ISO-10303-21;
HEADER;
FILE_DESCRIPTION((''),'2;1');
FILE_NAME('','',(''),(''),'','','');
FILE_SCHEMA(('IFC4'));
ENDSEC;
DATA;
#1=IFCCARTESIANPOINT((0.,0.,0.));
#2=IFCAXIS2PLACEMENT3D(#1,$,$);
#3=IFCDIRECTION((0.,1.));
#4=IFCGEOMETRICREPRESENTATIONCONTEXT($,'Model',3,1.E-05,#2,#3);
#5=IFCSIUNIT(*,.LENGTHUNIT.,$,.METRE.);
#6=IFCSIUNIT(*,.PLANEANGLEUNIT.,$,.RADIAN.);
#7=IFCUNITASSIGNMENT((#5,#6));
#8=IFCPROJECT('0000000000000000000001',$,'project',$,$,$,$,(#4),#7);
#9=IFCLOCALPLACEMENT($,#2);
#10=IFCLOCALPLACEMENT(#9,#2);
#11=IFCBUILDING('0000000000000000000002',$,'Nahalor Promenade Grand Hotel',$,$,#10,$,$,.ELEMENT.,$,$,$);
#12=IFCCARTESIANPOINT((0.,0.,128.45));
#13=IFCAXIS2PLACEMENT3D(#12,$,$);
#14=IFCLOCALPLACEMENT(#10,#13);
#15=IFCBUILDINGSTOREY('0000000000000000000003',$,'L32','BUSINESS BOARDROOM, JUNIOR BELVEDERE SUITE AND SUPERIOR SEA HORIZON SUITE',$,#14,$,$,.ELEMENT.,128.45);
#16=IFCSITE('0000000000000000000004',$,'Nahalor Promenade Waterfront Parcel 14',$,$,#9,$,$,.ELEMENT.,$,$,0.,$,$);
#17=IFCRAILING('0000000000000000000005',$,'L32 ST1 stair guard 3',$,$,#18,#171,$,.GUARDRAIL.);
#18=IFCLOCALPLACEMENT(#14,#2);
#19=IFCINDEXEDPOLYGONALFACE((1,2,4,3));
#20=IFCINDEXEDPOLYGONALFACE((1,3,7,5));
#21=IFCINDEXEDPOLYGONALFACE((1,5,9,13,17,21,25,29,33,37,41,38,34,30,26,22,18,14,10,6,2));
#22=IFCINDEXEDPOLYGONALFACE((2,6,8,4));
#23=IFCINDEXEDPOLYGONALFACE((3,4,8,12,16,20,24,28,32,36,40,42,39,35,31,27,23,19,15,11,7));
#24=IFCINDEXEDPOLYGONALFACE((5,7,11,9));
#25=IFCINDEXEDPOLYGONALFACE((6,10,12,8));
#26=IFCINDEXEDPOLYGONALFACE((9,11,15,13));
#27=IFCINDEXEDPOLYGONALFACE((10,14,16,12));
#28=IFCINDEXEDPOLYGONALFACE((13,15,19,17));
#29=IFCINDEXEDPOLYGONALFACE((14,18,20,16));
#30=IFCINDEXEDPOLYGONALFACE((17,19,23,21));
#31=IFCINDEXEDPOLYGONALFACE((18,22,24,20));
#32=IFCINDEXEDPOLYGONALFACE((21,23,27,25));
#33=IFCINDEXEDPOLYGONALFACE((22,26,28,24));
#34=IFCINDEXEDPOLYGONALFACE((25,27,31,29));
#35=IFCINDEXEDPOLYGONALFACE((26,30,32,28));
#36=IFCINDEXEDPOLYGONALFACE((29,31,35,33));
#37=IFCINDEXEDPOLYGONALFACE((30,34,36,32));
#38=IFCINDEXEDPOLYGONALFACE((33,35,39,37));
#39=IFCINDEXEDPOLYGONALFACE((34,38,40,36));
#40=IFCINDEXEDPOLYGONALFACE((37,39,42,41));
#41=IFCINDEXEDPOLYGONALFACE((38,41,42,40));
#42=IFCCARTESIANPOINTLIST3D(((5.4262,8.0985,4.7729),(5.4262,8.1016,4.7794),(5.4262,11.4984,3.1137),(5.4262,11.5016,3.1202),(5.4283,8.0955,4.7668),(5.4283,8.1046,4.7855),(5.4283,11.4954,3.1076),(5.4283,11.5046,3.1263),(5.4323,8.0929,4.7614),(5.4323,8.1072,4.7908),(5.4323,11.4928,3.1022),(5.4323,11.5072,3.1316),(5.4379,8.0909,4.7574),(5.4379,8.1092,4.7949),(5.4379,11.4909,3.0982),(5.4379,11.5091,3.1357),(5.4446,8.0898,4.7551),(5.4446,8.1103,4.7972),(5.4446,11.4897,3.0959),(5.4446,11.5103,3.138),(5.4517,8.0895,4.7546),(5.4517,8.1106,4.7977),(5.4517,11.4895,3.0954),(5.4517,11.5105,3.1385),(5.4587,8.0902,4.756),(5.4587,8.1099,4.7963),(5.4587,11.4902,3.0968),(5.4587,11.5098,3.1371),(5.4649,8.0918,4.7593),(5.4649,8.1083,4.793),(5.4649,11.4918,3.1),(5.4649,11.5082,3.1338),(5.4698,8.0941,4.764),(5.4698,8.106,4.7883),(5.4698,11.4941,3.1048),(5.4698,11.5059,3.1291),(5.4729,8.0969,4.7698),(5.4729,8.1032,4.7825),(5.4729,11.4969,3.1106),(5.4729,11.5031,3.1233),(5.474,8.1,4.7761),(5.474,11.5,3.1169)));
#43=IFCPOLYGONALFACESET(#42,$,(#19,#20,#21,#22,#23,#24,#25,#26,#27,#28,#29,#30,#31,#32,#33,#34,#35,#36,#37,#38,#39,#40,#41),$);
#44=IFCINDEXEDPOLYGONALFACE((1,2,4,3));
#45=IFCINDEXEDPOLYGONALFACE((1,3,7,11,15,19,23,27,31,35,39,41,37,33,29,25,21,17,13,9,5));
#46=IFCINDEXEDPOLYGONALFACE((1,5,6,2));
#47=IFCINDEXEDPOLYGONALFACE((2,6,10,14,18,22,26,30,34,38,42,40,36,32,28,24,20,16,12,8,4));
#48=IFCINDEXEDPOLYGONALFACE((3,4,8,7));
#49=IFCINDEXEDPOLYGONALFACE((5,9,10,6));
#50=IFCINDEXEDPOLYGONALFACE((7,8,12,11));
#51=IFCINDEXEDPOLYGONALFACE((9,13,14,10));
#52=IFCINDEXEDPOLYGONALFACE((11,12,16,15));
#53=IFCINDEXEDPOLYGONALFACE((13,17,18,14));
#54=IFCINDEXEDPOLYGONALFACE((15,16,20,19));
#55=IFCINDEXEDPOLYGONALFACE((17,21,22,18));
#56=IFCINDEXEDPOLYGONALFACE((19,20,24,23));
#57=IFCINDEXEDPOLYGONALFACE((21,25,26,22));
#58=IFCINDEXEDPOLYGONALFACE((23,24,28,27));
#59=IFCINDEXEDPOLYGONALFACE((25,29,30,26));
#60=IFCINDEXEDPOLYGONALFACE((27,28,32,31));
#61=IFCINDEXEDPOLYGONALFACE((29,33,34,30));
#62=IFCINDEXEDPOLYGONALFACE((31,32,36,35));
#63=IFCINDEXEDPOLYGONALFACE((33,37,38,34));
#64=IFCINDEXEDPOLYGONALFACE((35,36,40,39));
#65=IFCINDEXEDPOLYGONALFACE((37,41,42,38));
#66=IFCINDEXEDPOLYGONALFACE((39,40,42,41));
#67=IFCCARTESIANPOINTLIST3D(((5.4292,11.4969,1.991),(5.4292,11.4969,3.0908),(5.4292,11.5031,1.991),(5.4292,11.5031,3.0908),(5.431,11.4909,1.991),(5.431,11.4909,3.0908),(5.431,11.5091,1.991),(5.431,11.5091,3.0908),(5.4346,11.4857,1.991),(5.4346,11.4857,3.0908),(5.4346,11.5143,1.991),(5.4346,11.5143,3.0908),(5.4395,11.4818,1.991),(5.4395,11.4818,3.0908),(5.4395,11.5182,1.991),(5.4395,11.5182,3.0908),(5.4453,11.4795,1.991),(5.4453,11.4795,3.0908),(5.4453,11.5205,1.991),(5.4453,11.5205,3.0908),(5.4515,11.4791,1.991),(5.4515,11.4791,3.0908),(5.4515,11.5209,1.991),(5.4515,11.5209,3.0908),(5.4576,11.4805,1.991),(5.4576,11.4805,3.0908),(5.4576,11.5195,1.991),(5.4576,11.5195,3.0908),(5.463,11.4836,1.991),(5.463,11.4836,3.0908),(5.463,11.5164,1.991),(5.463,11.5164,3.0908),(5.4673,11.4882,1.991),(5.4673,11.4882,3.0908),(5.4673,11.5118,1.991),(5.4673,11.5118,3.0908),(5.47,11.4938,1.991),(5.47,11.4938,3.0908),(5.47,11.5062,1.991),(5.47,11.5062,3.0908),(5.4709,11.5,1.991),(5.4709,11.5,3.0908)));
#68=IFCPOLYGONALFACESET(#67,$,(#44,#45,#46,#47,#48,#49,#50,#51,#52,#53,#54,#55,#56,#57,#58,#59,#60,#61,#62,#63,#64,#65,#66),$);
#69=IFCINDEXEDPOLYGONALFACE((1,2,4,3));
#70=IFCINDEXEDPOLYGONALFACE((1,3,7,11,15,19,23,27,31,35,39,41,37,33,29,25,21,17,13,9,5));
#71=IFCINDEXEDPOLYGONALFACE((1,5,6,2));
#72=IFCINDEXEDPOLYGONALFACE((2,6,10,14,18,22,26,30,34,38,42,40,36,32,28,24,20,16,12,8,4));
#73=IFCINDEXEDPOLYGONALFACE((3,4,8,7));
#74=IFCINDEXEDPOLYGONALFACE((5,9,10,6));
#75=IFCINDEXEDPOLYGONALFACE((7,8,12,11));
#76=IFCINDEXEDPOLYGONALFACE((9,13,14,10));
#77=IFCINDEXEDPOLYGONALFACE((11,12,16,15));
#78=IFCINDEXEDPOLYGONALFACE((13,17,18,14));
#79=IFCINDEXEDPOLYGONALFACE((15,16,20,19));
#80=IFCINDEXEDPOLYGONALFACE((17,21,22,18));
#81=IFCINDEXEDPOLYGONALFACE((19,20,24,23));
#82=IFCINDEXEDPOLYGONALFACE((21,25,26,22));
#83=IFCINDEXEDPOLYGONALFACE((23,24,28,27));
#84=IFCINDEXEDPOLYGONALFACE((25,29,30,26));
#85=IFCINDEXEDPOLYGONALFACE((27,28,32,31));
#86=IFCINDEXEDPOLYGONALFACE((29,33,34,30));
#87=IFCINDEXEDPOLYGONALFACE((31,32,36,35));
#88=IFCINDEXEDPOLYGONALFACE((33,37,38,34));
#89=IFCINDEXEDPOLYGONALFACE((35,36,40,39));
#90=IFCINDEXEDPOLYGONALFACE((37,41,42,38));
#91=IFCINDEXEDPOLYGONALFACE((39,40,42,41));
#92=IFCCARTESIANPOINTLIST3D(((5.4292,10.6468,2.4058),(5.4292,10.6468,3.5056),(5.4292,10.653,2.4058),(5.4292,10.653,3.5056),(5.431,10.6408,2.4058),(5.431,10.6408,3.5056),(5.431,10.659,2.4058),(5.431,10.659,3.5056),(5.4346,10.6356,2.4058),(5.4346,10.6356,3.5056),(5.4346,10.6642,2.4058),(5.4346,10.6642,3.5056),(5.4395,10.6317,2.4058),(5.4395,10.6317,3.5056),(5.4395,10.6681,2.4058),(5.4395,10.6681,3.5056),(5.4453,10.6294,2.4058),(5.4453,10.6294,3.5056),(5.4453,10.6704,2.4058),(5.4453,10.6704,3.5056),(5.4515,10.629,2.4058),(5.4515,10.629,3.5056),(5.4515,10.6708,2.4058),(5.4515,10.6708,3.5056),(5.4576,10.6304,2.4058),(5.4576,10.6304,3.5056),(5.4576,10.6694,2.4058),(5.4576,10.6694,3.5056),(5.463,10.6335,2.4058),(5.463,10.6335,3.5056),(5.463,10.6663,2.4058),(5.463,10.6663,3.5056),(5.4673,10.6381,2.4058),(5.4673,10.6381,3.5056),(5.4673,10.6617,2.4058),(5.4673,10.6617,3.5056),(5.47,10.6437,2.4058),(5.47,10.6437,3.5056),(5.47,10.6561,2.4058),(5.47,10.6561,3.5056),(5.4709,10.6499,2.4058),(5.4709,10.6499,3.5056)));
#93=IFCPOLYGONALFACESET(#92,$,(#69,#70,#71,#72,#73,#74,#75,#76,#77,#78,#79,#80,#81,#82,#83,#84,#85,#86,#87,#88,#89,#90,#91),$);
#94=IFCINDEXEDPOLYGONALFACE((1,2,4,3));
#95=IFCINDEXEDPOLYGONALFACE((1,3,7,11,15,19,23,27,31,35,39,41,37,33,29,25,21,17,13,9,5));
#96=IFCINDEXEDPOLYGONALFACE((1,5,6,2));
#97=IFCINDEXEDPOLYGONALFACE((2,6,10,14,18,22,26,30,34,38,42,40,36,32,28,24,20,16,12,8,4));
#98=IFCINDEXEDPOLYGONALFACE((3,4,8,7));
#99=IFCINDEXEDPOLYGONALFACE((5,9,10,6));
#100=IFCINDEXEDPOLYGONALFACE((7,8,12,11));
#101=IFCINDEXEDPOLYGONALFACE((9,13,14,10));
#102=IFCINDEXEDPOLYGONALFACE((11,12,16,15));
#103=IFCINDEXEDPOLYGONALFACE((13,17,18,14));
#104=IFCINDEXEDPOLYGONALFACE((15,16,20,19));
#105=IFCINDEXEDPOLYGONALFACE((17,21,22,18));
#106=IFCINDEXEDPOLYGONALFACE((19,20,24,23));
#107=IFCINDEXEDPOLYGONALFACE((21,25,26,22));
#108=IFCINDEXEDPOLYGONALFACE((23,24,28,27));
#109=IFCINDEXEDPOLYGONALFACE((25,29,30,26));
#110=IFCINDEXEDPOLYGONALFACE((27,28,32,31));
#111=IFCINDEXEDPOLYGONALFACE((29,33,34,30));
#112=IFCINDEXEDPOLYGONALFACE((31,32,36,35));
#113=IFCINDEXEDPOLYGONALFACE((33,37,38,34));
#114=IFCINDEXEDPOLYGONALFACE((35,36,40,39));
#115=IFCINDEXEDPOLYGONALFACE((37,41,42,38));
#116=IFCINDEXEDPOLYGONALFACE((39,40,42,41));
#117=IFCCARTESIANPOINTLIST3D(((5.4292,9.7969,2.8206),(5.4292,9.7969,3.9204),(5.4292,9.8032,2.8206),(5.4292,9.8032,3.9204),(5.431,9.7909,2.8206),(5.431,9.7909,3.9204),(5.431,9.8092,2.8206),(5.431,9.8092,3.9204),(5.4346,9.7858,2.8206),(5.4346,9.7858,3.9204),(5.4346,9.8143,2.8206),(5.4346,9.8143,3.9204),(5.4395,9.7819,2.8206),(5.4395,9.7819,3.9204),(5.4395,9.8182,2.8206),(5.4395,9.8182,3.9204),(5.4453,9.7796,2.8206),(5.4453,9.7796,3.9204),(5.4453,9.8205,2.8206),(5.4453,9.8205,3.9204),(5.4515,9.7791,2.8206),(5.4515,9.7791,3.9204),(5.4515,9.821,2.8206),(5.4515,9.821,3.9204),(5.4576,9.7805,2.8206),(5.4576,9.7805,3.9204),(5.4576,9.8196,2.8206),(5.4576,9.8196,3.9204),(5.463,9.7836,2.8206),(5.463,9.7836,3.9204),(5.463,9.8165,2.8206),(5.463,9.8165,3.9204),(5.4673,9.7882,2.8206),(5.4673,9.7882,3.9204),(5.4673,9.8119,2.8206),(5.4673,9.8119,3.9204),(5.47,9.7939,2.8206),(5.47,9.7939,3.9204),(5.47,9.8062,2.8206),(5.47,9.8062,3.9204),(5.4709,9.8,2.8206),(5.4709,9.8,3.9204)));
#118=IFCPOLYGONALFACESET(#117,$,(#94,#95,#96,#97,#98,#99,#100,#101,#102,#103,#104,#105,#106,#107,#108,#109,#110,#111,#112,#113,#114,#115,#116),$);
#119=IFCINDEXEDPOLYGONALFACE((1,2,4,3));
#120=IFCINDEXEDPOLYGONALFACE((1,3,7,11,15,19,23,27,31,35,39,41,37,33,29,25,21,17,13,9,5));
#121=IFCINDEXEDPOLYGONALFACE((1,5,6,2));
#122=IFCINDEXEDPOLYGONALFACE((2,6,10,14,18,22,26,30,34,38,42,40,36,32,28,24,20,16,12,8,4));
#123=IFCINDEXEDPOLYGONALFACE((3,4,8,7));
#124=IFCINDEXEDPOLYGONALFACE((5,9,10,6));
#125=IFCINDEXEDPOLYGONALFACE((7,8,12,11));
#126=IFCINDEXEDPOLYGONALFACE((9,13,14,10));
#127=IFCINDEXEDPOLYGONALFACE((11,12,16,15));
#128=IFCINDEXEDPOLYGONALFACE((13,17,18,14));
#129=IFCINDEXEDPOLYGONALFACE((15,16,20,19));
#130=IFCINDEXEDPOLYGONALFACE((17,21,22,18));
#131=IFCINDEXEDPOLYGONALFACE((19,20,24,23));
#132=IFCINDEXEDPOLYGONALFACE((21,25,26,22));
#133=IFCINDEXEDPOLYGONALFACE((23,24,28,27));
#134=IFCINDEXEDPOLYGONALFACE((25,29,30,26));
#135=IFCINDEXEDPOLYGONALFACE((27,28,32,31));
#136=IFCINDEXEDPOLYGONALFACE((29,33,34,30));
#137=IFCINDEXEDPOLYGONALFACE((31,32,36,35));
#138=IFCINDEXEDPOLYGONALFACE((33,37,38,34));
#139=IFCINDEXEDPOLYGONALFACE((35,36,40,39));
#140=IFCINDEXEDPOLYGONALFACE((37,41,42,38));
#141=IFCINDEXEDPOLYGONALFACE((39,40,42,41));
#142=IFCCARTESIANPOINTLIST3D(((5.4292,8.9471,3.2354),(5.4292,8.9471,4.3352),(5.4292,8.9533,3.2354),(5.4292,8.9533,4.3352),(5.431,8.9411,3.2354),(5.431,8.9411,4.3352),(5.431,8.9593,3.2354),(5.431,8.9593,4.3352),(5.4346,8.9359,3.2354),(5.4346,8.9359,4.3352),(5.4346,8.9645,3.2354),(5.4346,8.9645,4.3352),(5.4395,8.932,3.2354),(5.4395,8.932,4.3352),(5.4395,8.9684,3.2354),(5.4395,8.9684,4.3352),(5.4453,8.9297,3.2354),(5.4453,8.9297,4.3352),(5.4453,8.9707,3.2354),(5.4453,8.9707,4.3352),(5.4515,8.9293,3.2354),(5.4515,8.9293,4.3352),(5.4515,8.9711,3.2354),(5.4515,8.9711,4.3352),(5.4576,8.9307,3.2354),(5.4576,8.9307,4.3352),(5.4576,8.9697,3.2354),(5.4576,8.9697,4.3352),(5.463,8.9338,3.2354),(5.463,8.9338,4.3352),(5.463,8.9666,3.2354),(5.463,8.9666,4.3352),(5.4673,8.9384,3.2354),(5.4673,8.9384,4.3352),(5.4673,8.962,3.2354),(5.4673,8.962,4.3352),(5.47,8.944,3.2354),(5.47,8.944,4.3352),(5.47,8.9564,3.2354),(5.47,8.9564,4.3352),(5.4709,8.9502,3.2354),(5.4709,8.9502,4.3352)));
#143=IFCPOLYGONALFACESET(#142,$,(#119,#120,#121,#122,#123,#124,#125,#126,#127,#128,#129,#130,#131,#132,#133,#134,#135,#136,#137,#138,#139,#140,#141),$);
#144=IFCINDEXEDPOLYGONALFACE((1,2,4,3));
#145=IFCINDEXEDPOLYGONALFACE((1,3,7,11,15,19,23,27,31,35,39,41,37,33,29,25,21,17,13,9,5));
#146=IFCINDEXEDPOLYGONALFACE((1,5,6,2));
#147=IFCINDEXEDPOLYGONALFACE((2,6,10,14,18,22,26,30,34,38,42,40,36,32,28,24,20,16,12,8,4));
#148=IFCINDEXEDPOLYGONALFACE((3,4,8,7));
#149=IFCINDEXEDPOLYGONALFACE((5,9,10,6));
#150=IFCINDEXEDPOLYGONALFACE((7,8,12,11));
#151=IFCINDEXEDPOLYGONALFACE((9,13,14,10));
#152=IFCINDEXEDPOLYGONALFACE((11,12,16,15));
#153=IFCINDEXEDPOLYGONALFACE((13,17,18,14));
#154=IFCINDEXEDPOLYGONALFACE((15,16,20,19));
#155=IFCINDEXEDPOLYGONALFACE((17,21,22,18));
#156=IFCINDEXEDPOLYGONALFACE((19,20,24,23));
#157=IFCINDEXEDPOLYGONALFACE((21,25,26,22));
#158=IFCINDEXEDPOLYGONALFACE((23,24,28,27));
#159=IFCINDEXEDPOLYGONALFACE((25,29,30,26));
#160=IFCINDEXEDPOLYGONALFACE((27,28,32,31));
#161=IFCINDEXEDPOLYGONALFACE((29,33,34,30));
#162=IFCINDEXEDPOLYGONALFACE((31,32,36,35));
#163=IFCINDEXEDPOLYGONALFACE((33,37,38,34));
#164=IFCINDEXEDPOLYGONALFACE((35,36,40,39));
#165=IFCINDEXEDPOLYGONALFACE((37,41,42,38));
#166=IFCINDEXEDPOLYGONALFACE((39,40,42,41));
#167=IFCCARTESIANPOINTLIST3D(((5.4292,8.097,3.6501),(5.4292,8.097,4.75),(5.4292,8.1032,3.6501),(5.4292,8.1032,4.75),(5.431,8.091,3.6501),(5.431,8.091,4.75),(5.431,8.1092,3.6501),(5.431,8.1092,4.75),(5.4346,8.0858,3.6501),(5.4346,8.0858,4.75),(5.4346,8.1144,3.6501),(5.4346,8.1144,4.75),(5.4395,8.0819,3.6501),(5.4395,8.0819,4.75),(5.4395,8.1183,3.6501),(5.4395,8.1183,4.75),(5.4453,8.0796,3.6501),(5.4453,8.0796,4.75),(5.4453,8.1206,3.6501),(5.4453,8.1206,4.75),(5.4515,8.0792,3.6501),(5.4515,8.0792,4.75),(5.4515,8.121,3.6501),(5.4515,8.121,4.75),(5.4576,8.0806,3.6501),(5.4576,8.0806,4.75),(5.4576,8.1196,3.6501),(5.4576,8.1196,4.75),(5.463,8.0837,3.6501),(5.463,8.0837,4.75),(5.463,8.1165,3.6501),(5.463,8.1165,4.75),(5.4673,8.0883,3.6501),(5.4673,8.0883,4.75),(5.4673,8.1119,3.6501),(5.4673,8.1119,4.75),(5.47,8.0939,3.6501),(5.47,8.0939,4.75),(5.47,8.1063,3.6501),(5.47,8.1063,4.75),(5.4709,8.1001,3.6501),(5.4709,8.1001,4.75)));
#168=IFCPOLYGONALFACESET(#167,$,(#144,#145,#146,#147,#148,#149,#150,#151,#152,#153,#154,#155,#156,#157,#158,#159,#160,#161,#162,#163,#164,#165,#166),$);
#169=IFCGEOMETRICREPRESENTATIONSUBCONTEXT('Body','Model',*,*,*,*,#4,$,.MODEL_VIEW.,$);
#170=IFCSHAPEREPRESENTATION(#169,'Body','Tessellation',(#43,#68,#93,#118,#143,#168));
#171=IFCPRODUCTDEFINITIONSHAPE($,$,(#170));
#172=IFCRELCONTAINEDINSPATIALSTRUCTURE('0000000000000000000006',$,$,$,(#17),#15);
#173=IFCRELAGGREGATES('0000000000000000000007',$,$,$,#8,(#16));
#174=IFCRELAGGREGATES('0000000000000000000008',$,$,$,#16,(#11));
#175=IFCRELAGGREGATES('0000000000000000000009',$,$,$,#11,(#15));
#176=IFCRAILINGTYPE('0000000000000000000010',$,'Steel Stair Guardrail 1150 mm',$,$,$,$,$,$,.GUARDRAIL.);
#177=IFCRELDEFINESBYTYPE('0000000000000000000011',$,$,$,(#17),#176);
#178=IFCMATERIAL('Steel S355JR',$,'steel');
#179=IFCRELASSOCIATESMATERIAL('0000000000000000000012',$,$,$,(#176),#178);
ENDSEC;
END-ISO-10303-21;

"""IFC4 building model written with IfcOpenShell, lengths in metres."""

from ifc_helpers import new_model, si_unit, direction, frame, origin, origin_2d, place, context, subcontext, project, spatial, circle, extrude, material, type_object, element, save


model = new_model("IFC4")

# Units and contexts
model_context = context("Model", 3, precision=1e-05, world=origin(), true_north=direction((0.0, 1.0)))
body_context = subcontext(model_context, "Body", "Model", "MODEL_VIEW")
ifc_project = project(units=[si_unit("LENGTHUNIT", "METRE"), si_unit("PLANEANGLEUNIT", "RADIAN")], contexts=[model_context])

# Site, building, storey
site_placement = place(None, origin())
site = spatial("IfcSite", under=ifc_project, at=site_placement, Name="Nahalor Promenade Waterfront Parcel 14", CompositionType="ELEMENT", RefElevation=0.0)
building_placement = place(site_placement, origin())
building = spatial("IfcBuilding", under=site, at=building_placement, Name="Nahalor Promenade Grand Hotel", CompositionType="ELEMENT")
storey_placement = place(building_placement, frame((0.0, 0.0, 128.45)))
storey = spatial("IfcBuildingStorey", under=building, at=storey_placement, Name="L32", Description="BUSINESS BOARDROOM, JUNIOR BELVEDERE SUITE AND SUPERIOR SEA HORIZON SUITE", CompositionType="ELEMENT", Elevation=128.45)

# Shared definitions
ifc_material_1 = material(Name="Steel S355JR", Category="steel")

# Railing
railing_type_1 = type_object("IfcRailingType", Name="Steel Stair Guardrail 1150 mm", PredefinedType="GUARDRAIL", material=ifc_material_1)
railing_1_placement = place(storey_placement, frame((5.45, 11.5, 1.991)))
element("IfcRailing", 1, at=railing_1_placement, inside=storey, type_object=railing_type_1, Name="L32 ST1 stair guard 3", PredefinedType="GUARDRAIL", context=body_context, shape_type="SweptSolid", body=[
    extrude(circle(Radius=0.024, at=origin_2d()), frame((0.0, 0.0, 1.126), z_axis=(0.0, -0.898696, 0.438571), x_axis=(1.0, 0.0, 0.0)), (0.0, 0.0, 1.0), 3.7832),
    extrude(circle(Radius=0.021, at=origin_2d()), origin(), (0.0, 0.0, 1.0), 1.0999),
    extrude(circle(Radius=0.021, at=origin_2d()), frame((0.0, -0.8501, 0.4148)), (0.0, 0.0, 1.0), 1.0999),
    extrude(circle(Radius=0.021, at=origin_2d()), frame((0.0, -1.7, 0.8296)), (0.0, 0.0, 1.0), 1.0999),
    extrude(circle(Radius=0.021, at=origin_2d()), frame((0.0, -2.5498, 1.2444)), (0.0, 0.0, 1.0), 1.0999),
    extrude(circle(Radius=0.021, at=origin_2d()), frame((0.0, -3.3999, 1.6592)), (0.0, 0.0, 1.0), 1.0999),
])

save(model, "model.ifc")
